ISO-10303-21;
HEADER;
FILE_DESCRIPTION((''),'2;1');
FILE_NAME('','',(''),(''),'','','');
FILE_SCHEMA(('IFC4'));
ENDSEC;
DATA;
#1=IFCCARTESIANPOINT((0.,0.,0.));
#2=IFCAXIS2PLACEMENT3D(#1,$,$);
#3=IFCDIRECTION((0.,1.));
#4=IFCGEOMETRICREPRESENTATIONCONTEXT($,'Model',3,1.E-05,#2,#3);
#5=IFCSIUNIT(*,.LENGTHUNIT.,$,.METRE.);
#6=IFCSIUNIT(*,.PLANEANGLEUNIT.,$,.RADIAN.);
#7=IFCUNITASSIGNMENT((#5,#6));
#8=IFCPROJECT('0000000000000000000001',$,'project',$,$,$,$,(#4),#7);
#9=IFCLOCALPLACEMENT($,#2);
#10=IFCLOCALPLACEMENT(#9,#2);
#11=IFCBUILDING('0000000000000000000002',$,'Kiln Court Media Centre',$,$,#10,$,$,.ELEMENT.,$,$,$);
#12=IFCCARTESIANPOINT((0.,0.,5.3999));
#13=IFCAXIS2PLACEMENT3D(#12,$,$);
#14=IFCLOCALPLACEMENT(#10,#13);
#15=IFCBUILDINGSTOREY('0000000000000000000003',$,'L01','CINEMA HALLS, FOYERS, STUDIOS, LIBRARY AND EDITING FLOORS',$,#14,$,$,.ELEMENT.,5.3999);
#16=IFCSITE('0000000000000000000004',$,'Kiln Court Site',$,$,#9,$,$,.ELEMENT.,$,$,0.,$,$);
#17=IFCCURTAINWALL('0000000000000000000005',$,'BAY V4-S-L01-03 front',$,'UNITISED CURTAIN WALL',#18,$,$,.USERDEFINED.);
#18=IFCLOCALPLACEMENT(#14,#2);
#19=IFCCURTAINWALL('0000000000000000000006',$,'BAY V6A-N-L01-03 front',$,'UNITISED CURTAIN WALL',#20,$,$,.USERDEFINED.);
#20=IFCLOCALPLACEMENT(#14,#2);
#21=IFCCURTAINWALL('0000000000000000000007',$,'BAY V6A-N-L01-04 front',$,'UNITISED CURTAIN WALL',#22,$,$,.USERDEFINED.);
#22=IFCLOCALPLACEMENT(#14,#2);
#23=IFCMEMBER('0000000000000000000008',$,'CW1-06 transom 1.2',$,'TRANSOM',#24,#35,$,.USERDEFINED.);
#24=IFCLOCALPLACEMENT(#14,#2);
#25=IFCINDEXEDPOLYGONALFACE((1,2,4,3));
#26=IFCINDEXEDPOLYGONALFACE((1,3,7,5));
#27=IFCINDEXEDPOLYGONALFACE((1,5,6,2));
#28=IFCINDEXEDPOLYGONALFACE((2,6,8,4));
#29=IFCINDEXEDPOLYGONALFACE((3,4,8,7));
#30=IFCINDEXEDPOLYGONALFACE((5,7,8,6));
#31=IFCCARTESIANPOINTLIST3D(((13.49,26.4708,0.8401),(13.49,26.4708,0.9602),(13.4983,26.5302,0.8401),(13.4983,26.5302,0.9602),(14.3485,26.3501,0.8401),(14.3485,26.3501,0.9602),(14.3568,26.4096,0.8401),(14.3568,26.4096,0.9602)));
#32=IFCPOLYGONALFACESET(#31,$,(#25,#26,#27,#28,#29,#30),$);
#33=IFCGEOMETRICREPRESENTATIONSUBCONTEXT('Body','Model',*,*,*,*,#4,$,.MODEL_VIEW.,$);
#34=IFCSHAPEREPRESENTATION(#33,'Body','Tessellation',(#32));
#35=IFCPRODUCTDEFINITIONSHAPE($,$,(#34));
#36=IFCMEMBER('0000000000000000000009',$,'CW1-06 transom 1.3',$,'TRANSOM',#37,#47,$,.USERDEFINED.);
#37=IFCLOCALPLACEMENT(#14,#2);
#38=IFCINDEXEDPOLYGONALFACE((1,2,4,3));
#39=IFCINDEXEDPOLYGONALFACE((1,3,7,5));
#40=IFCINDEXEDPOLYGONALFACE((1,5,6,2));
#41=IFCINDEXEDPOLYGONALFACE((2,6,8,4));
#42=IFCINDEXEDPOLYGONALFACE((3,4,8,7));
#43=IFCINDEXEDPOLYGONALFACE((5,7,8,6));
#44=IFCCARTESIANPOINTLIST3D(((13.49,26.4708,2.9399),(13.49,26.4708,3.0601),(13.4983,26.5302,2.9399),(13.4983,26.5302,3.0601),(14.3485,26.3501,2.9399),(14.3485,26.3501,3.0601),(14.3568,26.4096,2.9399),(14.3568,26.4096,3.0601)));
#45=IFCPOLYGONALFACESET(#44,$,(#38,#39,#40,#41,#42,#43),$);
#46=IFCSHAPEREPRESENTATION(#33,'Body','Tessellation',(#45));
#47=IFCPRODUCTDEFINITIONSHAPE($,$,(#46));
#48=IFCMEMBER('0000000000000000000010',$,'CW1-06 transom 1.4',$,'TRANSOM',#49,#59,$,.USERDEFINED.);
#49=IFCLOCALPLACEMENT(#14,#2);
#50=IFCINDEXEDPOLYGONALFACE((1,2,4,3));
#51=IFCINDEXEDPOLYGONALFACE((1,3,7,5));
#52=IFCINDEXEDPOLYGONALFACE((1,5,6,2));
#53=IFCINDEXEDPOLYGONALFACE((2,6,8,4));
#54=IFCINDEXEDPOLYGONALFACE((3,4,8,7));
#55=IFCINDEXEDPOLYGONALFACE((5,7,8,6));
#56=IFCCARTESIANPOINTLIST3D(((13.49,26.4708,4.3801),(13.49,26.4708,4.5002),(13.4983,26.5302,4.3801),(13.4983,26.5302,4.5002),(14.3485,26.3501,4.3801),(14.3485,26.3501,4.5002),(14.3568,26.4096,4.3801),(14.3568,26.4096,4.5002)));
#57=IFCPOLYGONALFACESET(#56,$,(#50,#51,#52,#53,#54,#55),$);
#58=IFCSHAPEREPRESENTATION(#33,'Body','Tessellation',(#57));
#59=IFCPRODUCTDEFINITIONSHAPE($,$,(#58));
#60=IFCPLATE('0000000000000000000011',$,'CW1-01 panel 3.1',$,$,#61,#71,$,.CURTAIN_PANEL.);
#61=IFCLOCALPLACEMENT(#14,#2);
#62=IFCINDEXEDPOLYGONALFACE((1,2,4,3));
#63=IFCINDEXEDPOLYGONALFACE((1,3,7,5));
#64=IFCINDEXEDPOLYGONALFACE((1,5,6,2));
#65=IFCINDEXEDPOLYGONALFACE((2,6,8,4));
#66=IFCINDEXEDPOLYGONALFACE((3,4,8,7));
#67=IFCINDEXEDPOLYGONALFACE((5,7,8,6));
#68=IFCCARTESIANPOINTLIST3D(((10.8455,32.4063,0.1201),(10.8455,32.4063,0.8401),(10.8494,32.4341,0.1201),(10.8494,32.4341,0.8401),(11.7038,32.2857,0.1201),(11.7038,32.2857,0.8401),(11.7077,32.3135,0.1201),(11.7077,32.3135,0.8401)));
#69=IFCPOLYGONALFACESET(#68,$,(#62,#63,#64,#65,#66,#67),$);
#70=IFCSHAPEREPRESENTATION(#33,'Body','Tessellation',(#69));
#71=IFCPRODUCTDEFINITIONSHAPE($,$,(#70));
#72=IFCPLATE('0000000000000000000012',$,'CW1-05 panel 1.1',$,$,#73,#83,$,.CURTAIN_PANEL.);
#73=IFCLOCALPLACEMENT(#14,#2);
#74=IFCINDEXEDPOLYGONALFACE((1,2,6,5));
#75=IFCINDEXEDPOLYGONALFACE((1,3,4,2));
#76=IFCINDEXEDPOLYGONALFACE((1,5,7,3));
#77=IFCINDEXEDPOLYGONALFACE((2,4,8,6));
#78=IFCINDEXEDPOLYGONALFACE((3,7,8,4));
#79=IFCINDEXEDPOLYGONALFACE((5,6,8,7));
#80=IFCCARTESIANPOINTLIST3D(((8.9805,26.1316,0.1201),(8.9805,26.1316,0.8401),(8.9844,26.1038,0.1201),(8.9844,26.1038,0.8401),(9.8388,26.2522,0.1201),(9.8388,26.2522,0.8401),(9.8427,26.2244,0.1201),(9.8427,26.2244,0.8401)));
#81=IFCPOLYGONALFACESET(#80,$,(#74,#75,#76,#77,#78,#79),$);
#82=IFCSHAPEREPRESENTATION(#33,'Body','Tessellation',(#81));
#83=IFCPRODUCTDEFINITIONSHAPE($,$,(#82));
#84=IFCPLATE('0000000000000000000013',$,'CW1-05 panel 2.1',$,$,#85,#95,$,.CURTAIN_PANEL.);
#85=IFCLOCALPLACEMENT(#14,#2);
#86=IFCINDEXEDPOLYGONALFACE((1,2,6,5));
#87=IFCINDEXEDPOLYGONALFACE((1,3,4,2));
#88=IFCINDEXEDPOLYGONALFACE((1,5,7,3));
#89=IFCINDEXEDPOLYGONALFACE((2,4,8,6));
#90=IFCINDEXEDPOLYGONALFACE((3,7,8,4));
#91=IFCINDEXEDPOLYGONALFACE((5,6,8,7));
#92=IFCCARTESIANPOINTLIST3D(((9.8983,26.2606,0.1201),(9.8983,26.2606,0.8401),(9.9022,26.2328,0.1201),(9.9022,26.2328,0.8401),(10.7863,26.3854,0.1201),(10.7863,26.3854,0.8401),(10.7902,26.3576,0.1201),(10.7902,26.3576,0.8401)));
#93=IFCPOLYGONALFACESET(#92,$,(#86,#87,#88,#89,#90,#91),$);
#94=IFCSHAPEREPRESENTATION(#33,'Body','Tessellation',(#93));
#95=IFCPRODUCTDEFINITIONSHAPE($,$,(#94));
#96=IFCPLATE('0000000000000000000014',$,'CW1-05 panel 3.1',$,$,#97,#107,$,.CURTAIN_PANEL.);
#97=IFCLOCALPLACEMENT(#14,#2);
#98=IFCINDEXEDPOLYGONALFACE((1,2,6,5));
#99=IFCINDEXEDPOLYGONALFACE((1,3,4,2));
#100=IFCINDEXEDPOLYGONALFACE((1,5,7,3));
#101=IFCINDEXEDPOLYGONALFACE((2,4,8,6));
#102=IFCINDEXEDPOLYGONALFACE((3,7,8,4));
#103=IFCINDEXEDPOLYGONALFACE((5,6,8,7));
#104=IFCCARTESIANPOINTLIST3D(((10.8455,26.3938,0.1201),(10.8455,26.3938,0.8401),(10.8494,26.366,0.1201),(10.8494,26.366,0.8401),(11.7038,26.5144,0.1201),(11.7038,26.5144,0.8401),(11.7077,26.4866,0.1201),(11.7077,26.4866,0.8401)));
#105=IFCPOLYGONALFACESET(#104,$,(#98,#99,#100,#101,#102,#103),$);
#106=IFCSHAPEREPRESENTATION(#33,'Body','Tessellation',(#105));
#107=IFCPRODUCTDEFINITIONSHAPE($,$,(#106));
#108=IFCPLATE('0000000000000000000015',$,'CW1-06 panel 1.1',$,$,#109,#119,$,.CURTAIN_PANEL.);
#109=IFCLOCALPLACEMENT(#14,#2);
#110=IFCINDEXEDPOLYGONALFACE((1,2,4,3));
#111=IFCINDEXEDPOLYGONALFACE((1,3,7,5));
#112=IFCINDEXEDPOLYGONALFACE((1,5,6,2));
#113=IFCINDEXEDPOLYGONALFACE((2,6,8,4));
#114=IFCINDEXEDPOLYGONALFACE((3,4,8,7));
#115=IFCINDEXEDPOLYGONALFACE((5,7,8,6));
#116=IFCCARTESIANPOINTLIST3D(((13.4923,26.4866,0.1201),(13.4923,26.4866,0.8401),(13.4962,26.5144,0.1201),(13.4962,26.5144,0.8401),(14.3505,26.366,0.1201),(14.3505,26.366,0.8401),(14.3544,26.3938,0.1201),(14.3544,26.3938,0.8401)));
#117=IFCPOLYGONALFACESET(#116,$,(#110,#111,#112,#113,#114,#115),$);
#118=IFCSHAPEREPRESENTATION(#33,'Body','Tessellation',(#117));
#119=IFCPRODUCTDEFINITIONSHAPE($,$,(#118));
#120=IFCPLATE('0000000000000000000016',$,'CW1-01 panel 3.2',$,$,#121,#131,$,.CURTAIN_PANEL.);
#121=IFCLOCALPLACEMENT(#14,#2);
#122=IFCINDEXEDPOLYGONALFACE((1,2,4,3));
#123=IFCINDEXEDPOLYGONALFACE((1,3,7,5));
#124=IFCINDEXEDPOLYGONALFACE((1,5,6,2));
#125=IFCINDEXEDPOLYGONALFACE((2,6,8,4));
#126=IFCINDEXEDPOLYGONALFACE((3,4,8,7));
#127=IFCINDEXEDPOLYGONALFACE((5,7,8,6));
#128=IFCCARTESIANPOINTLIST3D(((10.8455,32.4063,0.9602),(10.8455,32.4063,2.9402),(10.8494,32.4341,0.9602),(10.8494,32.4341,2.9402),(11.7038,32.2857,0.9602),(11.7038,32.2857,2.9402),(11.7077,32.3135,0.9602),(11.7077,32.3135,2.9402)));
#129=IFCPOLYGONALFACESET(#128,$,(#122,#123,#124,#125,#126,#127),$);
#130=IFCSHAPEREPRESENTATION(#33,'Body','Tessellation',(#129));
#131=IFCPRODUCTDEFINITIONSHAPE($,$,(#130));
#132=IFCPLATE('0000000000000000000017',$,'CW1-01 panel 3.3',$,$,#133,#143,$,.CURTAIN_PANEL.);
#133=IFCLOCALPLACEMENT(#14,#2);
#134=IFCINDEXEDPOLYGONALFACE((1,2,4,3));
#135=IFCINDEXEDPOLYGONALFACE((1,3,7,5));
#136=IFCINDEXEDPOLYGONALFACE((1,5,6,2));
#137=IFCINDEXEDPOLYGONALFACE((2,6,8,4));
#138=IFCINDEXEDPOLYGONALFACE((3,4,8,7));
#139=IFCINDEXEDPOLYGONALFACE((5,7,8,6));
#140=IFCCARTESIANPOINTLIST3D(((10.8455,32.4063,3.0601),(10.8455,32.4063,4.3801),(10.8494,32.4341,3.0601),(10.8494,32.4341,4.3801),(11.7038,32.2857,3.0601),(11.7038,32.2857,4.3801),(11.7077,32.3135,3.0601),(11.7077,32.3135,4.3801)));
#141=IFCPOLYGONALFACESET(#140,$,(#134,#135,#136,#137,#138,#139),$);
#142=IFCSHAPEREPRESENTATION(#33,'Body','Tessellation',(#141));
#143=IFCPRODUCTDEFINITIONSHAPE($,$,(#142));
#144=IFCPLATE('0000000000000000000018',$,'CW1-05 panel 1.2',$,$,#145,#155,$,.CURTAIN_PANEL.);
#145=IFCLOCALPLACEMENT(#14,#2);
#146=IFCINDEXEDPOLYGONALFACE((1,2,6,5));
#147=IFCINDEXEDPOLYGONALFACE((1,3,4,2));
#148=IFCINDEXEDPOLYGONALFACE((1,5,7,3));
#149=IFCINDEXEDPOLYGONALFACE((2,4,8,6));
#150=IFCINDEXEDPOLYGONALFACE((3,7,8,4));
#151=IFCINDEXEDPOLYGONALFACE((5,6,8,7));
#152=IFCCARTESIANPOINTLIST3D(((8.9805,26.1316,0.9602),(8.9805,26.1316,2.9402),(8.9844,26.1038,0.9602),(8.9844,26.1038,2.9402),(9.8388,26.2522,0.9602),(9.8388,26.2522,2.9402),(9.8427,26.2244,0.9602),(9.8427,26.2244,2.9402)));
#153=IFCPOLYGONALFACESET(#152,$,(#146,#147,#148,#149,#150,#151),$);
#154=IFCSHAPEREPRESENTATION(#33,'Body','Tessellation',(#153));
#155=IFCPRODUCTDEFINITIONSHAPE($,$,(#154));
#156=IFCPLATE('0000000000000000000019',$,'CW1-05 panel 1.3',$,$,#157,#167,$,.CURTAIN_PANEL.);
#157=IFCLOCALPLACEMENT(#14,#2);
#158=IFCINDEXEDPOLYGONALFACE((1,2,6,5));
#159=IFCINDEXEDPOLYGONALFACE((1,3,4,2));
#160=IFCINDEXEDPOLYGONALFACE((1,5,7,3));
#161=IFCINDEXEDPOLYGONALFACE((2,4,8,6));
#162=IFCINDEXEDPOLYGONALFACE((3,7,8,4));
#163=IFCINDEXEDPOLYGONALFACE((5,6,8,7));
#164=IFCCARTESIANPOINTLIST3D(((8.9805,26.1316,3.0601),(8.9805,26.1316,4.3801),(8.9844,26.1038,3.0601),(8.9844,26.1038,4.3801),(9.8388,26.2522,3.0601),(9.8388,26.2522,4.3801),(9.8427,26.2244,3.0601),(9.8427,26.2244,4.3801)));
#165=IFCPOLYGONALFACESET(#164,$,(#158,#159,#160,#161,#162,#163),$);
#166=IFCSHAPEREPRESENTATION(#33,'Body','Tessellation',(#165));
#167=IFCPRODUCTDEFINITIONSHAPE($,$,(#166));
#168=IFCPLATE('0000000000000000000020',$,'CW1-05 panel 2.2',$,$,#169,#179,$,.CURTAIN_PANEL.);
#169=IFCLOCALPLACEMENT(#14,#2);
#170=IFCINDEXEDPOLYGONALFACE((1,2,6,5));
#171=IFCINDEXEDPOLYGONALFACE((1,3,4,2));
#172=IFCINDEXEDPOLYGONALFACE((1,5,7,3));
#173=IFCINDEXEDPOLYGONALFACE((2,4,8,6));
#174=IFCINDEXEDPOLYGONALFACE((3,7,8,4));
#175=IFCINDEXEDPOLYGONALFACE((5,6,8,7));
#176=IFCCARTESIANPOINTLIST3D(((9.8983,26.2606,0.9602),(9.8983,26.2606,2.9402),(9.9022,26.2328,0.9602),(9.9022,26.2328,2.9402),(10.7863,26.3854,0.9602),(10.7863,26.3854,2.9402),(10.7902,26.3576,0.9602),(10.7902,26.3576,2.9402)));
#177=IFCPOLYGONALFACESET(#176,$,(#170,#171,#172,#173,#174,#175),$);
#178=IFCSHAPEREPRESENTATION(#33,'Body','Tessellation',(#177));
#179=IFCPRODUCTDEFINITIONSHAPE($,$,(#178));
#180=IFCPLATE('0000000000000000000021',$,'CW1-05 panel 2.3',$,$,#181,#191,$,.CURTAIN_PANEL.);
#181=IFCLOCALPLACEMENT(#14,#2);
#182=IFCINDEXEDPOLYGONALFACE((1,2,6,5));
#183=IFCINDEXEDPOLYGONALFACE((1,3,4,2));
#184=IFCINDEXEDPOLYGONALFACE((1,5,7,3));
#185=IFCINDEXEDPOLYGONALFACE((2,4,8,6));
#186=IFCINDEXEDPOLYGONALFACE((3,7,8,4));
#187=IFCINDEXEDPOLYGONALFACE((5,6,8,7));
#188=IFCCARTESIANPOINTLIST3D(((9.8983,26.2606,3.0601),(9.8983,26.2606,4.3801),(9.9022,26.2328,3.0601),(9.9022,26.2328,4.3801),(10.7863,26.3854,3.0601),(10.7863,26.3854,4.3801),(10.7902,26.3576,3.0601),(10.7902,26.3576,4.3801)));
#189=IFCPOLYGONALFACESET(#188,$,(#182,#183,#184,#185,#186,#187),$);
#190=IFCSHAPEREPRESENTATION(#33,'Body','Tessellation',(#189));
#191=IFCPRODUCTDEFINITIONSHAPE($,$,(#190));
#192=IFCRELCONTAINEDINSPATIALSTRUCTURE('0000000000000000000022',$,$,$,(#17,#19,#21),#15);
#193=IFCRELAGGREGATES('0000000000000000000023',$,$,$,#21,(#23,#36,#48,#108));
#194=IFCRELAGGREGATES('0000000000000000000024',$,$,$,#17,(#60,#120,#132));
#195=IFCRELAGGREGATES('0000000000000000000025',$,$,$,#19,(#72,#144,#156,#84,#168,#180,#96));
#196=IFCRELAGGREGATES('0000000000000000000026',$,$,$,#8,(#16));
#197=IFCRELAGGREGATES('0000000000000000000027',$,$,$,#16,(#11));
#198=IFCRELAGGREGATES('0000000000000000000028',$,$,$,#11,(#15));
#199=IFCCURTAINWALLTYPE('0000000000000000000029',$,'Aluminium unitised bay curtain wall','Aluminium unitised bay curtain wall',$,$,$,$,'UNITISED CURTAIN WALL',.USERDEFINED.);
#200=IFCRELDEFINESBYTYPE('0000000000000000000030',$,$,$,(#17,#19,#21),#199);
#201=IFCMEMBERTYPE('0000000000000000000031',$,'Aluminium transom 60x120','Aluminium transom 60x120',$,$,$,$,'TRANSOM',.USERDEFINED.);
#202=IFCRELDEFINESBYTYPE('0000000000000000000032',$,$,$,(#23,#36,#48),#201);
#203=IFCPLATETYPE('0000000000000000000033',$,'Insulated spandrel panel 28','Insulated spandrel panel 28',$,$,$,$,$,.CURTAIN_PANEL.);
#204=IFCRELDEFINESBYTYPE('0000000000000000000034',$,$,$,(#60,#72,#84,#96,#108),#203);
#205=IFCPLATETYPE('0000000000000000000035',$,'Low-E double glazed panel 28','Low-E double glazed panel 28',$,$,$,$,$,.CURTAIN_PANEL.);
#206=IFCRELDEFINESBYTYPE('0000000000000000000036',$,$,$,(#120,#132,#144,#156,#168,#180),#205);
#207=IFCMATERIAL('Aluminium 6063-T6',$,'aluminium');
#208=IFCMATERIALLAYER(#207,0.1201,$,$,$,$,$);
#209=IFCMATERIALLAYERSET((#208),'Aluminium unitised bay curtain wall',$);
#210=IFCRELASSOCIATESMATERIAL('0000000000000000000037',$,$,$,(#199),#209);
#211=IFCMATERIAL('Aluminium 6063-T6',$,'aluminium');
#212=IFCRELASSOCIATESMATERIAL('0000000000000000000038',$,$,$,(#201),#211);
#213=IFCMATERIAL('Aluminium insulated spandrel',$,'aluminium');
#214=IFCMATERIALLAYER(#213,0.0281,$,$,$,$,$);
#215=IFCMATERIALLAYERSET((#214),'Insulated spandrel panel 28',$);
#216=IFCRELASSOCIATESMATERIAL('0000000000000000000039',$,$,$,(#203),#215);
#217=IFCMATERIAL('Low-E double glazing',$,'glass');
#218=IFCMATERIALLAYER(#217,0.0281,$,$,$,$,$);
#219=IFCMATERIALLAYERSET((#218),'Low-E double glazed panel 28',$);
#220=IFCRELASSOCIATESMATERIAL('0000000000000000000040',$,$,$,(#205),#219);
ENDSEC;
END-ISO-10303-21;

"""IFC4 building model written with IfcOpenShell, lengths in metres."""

from ifc_helpers import new_model, si_unit, direction, frame, origin, origin_2d, place, context, subcontext, project, spatial, rectangle, extrude, material, layer, layer_set, material_profile, profile_set, type_object, element, aggregate, save


model = new_model("IFC4")

# Units and contexts
model_context = context("Model", 3, precision=1e-05, world=origin(), true_north=direction((0.0, 1.0)))
body_context = subcontext(model_context, "Body", "Model", "MODEL_VIEW")
ifc_project = project(units=[si_unit("LENGTHUNIT", "METRE"), si_unit("PLANEANGLEUNIT", "RADIAN")], contexts=[model_context])

# Site, building, storey
site_placement = place(None, origin())
site = spatial("IfcSite", under=ifc_project, at=site_placement, Name="Kiln Court Site", CompositionType="ELEMENT", RefElevation=0.0)
building_placement = place(site_placement, origin())
building = spatial("IfcBuilding", under=site, at=building_placement, Name="Kiln Court Media Centre", CompositionType="ELEMENT")
storey_placement = place(building_placement, frame((0.0, 0.0, 5.3999)))
storey = spatial("IfcBuildingStorey", under=building, at=storey_placement, Name="L01", Description="CINEMA HALLS, FOYERS, STUDIOS, LIBRARY AND EDITING FLOORS", CompositionType="ELEMENT", Elevation=5.3999)

# Curtain wall
ifc_material_1 = material(Name="Aluminium 6063-T6", Category="aluminium")
ifc_layer_1 = layer(ifc_material_1, 0.1201)
ifc_layer_set_1 = layer_set([ifc_layer_1], Name="Aluminium unitised bay curtain wall")
curtain_wall_type = type_object("IfcCurtainWallType", Name="Aluminium unitised bay curtain wall", Description="Aluminium unitised bay curtain wall", ElementType="UNITISED CURTAIN WALL", PredefinedType="USERDEFINED", material=ifc_layer_set_1)
curtain_wall_1_placement = place(storey_placement, origin())
curtain_wall_1 = element("IfcCurtainWall", 1, at=curtain_wall_1_placement, inside=storey, type_object=curtain_wall_type, Name="BAY V4-S-L01-03 front", ObjectType="UNITISED CURTAIN WALL", PredefinedType="USERDEFINED")

# Curtain wall
curtain_wall_2_placement = place(storey_placement, origin())
curtain_wall_2 = element("IfcCurtainWall", 2, at=curtain_wall_2_placement, inside=storey, type_object=curtain_wall_type, Name="BAY V6A-N-L01-03 front", ObjectType="UNITISED CURTAIN WALL", PredefinedType="USERDEFINED")

# Curtain wall
curtain_wall_3_placement = place(storey_placement, origin())
curtain_wall_3 = element("IfcCurtainWall", 3, at=curtain_wall_3_placement, inside=storey, type_object=curtain_wall_type, Name="BAY V6A-N-L01-04 front", ObjectType="UNITISED CURTAIN WALL", PredefinedType="USERDEFINED")

# Members
ifc_material_2 = material(Name="Aluminium 6063-T6", Category="aluminium")
ifc_material_profile_1 = material_profile(ifc_material_2, rectangle(XDim=0.0601, YDim=0.1201, at=origin_2d()), Name="Aluminium transom 60x120")
ifc_profile_set_1 = profile_set([ifc_material_profile_1], Name="Aluminium 6063-T6")
member_type_1 = type_object("IfcMemberType", Name="Aluminium transom 60x120", Description="Aluminium transom 60x120", ElementType="TRANSOM", PredefinedType="USERDEFINED", material=ifc_profile_set_1)
member_1_placement = place(storey_placement, frame((13.4941, 26.5005, 0.9001), z_axis=(0.990274, -0.139134, 0.0), x_axis=(0.139134, 0.990274, 0.0)))
member_1 = element("IfcMember", 4, at=member_1_placement, type_object=member_type_1, Name="CW1-06 transom 1.2", ObjectType="TRANSOM", PredefinedType="USERDEFINED", context=body_context, shape_type="SweptSolid", body=[
    extrude(rectangle(XDim=0.0601, YDim=0.1201, at=origin_2d()), origin(), (0.0, 0.0, 1.0), 0.8669),
])
member_2_placement = place(storey_placement, frame((13.4941, 26.5005, 3.0), z_axis=(0.990274, -0.139134, 0.0), x_axis=(0.139134, 0.990274, 0.0)))
member_2 = element("IfcMember", 5, at=member_2_placement, type_object=member_type_1, Name="CW1-06 transom 1.3", ObjectType="TRANSOM", PredefinedType="USERDEFINED", context=body_context, shape_type="SweptSolid", body=[
    extrude(rectangle(XDim=0.0601, YDim=0.1201, at=origin_2d()), origin(), (0.0, 0.0, 1.0), 0.8669),
])
member_3_placement = place(storey_placement, frame((13.4941, 26.5005, 4.4402), z_axis=(0.990274, -0.139134, 0.0), x_axis=(0.139134, 0.990274, 0.0)))
member_3 = element("IfcMember", 6, at=member_3_placement, type_object=member_type_1, Name="CW1-06 transom 1.4", ObjectType="TRANSOM", PredefinedType="USERDEFINED", context=body_context, shape_type="SweptSolid", body=[
    extrude(rectangle(XDim=0.0601, YDim=0.1201, at=origin_2d()), origin(), (0.0, 0.0, 1.0), 0.8669),
])

# Plates
ifc_material_3 = material(Name="Aluminium insulated spandrel", Category="aluminium")
ifc_layer_2 = layer(ifc_material_3, 0.0281)
ifc_layer_set_2 = layer_set([ifc_layer_2], Name="Insulated spandrel panel 28")
plate_type_1 = type_object("IfcPlateType", Name="Insulated spandrel panel 28", Description="Insulated spandrel panel 28", PredefinedType="CURTAIN_PANEL", material=ifc_layer_set_2)
plate_1_placement = place(storey_placement, frame((11.2766, 32.3599, 0.1201), z_axis=(0.0, 0.0, 1.0), x_axis=(0.99027, -0.139162, 0.0)))
plate_1 = element("IfcPlate", 7, at=plate_1_placement, type_object=plate_type_1, Name="CW1-01 panel 3.1", PredefinedType="CURTAIN_PANEL", context=body_context, shape_type="SweptSolid", body=[
    extrude(rectangle(XDim=0.8667, YDim=0.0281, at=origin_2d()), origin(), (0.0, 0.0, 1.0), 0.72),
])
plate_2_placement = place(storey_placement, frame((9.4116, 26.178, 0.1201), z_axis=(0.0, 0.0, 1.0), x_axis=(0.99027, 0.139162, 0.0)))
plate_2 = element("IfcPlate", 8, at=plate_2_placement, type_object=plate_type_1, Name="CW1-05 panel 1.1", PredefinedType="CURTAIN_PANEL", context=body_context, shape_type="SweptSolid", body=[
    extrude(rectangle(XDim=0.8667, YDim=0.0281, at=origin_2d()), origin(), (0.0, 0.0, 1.0), 0.72),
])
plate_3_placement = place(storey_placement, frame((10.3442, 26.3091, 0.1201), z_axis=(0.0, 0.0, 1.0), x_axis=(0.99027, 0.139162, 0.0)))
plate_3 = element("IfcPlate", 9, at=plate_3_placement, type_object=plate_type_1, Name="CW1-05 panel 2.1", PredefinedType="CURTAIN_PANEL", context=body_context, shape_type="SweptSolid", body=[
    extrude(rectangle(XDim=0.8967, YDim=0.0281, at=origin_2d()), origin(), (0.0, 0.0, 1.0), 0.72),
])
plate_4_placement = place(storey_placement, frame((11.2766, 26.4402, 0.1201), z_axis=(0.0, 0.0, 1.0), x_axis=(0.99027, 0.139162, 0.0)))
plate_4 = element("IfcPlate", 10, at=plate_4_placement, type_object=plate_type_1, Name="CW1-05 panel 3.1", PredefinedType="CURTAIN_PANEL", context=body_context, shape_type="SweptSolid", body=[
    extrude(rectangle(XDim=0.8667, YDim=0.0281, at=origin_2d()), origin(), (0.0, 0.0, 1.0), 0.72),
])
plate_5_placement = place(storey_placement, frame((13.9233, 26.4402, 0.1201), z_axis=(0.0, 0.0, 1.0), x_axis=(0.99027, -0.139162, 0.0)))
plate_5 = element("IfcPlate", 11, at=plate_5_placement, type_object=plate_type_1, Name="CW1-06 panel 1.1", PredefinedType="CURTAIN_PANEL", context=body_context, shape_type="SweptSolid", body=[
    extrude(rectangle(XDim=0.8667, YDim=0.0281, at=origin_2d()), origin(), (0.0, 0.0, 1.0), 0.72),
])
aggregate(curtain_wall_3, [member_1, member_2, member_3, plate_5])
ifc_material_4 = material(Name="Low-E double glazing", Category="glass")
ifc_layer_3 = layer(ifc_material_4, 0.0281)
ifc_layer_set_3 = layer_set([ifc_layer_3], Name="Low-E double glazed panel 28")
plate_type_2 = type_object("IfcPlateType", Name="Low-E double glazed panel 28", Description="Low-E double glazed panel 28", PredefinedType="CURTAIN_PANEL", material=ifc_layer_set_3)
plate_6_placement = place(storey_placement, frame((11.2766, 32.3599, 0.9602), z_axis=(0.0, 0.0, 1.0), x_axis=(0.99027, -0.139162, 0.0)))
plate_6 = element("IfcPlate", 12, at=plate_6_placement, type_object=plate_type_2, Name="CW1-01 panel 3.2", PredefinedType="CURTAIN_PANEL", context=body_context, shape_type="SweptSolid", body=[
    extrude(rectangle(XDim=0.8667, YDim=0.0281, at=origin_2d()), origin(), (0.0, 0.0, 1.0), 1.98),
])
plate_7_placement = place(storey_placement, frame((11.2766, 32.3599, 3.0601), z_axis=(0.0, 0.0, 1.0), x_axis=(0.99027, -0.139162, 0.0)))
plate_7 = element("IfcPlate", 13, at=plate_7_placement, type_object=plate_type_2, Name="CW1-01 panel 3.3", PredefinedType="CURTAIN_PANEL", context=body_context, shape_type="SweptSolid", body=[
    extrude(rectangle(XDim=0.8667, YDim=0.0281, at=origin_2d()), origin(), (0.0, 0.0, 1.0), 1.3201),
])
aggregate(curtain_wall_1, [plate_1, plate_6, plate_7])
plate_8_placement = place(storey_placement, frame((9.4116, 26.178, 0.9602), z_axis=(0.0, 0.0, 1.0), x_axis=(0.99027, 0.139162, 0.0)))
plate_8 = element("IfcPlate", 14, at=plate_8_placement, type_object=plate_type_2, Name="CW1-05 panel 1.2", PredefinedType="CURTAIN_PANEL", context=body_context, shape_type="SweptSolid", body=[
    extrude(rectangle(XDim=0.8667, YDim=0.0281, at=origin_2d()), origin(), (0.0, 0.0, 1.0), 1.98),
])
plate_9_placement = place(storey_placement, frame((9.4116, 26.178, 3.0601), z_axis=(0.0, 0.0, 1.0), x_axis=(0.99027, 0.139162, 0.0)))
plate_9 = element("IfcPlate", 15, at=plate_9_placement, type_object=plate_type_2, Name="CW1-05 panel 1.3", PredefinedType="CURTAIN_PANEL", context=body_context, shape_type="SweptSolid", body=[
    extrude(rectangle(XDim=0.8667, YDim=0.0281, at=origin_2d()), origin(), (0.0, 0.0, 1.0), 1.3201),
])
plate_10_placement = place(storey_placement, frame((10.3442, 26.3091, 0.9602), z_axis=(0.0, 0.0, 1.0), x_axis=(0.99027, 0.139162, 0.0)))
plate_10 = element("IfcPlate", 16, at=plate_10_placement, type_object=plate_type_2, Name="CW1-05 panel 2.2", PredefinedType="CURTAIN_PANEL", context=body_context, shape_type="SweptSolid", body=[
    extrude(rectangle(XDim=0.8967, YDim=0.0281, at=origin_2d()), origin(), (0.0, 0.0, 1.0), 1.98),
])
plate_11_placement = place(storey_placement, frame((10.3442, 26.3091, 3.0601), z_axis=(0.0, 0.0, 1.0), x_axis=(0.99027, 0.139162, 0.0)))
plate_11 = element("IfcPlate", 17, at=plate_11_placement, type_object=plate_type_2, Name="CW1-05 panel 2.3", PredefinedType="CURTAIN_PANEL", context=body_context, shape_type="SweptSolid", body=[
    extrude(rectangle(XDim=0.8967, YDim=0.0281, at=origin_2d()), origin(), (0.0, 0.0, 1.0), 1.3201),
])
aggregate(curtain_wall_2, [plate_2, plate_8, plate_9, plate_3, plate_10, plate_11, plate_4])

save(model, "model.ifc")
